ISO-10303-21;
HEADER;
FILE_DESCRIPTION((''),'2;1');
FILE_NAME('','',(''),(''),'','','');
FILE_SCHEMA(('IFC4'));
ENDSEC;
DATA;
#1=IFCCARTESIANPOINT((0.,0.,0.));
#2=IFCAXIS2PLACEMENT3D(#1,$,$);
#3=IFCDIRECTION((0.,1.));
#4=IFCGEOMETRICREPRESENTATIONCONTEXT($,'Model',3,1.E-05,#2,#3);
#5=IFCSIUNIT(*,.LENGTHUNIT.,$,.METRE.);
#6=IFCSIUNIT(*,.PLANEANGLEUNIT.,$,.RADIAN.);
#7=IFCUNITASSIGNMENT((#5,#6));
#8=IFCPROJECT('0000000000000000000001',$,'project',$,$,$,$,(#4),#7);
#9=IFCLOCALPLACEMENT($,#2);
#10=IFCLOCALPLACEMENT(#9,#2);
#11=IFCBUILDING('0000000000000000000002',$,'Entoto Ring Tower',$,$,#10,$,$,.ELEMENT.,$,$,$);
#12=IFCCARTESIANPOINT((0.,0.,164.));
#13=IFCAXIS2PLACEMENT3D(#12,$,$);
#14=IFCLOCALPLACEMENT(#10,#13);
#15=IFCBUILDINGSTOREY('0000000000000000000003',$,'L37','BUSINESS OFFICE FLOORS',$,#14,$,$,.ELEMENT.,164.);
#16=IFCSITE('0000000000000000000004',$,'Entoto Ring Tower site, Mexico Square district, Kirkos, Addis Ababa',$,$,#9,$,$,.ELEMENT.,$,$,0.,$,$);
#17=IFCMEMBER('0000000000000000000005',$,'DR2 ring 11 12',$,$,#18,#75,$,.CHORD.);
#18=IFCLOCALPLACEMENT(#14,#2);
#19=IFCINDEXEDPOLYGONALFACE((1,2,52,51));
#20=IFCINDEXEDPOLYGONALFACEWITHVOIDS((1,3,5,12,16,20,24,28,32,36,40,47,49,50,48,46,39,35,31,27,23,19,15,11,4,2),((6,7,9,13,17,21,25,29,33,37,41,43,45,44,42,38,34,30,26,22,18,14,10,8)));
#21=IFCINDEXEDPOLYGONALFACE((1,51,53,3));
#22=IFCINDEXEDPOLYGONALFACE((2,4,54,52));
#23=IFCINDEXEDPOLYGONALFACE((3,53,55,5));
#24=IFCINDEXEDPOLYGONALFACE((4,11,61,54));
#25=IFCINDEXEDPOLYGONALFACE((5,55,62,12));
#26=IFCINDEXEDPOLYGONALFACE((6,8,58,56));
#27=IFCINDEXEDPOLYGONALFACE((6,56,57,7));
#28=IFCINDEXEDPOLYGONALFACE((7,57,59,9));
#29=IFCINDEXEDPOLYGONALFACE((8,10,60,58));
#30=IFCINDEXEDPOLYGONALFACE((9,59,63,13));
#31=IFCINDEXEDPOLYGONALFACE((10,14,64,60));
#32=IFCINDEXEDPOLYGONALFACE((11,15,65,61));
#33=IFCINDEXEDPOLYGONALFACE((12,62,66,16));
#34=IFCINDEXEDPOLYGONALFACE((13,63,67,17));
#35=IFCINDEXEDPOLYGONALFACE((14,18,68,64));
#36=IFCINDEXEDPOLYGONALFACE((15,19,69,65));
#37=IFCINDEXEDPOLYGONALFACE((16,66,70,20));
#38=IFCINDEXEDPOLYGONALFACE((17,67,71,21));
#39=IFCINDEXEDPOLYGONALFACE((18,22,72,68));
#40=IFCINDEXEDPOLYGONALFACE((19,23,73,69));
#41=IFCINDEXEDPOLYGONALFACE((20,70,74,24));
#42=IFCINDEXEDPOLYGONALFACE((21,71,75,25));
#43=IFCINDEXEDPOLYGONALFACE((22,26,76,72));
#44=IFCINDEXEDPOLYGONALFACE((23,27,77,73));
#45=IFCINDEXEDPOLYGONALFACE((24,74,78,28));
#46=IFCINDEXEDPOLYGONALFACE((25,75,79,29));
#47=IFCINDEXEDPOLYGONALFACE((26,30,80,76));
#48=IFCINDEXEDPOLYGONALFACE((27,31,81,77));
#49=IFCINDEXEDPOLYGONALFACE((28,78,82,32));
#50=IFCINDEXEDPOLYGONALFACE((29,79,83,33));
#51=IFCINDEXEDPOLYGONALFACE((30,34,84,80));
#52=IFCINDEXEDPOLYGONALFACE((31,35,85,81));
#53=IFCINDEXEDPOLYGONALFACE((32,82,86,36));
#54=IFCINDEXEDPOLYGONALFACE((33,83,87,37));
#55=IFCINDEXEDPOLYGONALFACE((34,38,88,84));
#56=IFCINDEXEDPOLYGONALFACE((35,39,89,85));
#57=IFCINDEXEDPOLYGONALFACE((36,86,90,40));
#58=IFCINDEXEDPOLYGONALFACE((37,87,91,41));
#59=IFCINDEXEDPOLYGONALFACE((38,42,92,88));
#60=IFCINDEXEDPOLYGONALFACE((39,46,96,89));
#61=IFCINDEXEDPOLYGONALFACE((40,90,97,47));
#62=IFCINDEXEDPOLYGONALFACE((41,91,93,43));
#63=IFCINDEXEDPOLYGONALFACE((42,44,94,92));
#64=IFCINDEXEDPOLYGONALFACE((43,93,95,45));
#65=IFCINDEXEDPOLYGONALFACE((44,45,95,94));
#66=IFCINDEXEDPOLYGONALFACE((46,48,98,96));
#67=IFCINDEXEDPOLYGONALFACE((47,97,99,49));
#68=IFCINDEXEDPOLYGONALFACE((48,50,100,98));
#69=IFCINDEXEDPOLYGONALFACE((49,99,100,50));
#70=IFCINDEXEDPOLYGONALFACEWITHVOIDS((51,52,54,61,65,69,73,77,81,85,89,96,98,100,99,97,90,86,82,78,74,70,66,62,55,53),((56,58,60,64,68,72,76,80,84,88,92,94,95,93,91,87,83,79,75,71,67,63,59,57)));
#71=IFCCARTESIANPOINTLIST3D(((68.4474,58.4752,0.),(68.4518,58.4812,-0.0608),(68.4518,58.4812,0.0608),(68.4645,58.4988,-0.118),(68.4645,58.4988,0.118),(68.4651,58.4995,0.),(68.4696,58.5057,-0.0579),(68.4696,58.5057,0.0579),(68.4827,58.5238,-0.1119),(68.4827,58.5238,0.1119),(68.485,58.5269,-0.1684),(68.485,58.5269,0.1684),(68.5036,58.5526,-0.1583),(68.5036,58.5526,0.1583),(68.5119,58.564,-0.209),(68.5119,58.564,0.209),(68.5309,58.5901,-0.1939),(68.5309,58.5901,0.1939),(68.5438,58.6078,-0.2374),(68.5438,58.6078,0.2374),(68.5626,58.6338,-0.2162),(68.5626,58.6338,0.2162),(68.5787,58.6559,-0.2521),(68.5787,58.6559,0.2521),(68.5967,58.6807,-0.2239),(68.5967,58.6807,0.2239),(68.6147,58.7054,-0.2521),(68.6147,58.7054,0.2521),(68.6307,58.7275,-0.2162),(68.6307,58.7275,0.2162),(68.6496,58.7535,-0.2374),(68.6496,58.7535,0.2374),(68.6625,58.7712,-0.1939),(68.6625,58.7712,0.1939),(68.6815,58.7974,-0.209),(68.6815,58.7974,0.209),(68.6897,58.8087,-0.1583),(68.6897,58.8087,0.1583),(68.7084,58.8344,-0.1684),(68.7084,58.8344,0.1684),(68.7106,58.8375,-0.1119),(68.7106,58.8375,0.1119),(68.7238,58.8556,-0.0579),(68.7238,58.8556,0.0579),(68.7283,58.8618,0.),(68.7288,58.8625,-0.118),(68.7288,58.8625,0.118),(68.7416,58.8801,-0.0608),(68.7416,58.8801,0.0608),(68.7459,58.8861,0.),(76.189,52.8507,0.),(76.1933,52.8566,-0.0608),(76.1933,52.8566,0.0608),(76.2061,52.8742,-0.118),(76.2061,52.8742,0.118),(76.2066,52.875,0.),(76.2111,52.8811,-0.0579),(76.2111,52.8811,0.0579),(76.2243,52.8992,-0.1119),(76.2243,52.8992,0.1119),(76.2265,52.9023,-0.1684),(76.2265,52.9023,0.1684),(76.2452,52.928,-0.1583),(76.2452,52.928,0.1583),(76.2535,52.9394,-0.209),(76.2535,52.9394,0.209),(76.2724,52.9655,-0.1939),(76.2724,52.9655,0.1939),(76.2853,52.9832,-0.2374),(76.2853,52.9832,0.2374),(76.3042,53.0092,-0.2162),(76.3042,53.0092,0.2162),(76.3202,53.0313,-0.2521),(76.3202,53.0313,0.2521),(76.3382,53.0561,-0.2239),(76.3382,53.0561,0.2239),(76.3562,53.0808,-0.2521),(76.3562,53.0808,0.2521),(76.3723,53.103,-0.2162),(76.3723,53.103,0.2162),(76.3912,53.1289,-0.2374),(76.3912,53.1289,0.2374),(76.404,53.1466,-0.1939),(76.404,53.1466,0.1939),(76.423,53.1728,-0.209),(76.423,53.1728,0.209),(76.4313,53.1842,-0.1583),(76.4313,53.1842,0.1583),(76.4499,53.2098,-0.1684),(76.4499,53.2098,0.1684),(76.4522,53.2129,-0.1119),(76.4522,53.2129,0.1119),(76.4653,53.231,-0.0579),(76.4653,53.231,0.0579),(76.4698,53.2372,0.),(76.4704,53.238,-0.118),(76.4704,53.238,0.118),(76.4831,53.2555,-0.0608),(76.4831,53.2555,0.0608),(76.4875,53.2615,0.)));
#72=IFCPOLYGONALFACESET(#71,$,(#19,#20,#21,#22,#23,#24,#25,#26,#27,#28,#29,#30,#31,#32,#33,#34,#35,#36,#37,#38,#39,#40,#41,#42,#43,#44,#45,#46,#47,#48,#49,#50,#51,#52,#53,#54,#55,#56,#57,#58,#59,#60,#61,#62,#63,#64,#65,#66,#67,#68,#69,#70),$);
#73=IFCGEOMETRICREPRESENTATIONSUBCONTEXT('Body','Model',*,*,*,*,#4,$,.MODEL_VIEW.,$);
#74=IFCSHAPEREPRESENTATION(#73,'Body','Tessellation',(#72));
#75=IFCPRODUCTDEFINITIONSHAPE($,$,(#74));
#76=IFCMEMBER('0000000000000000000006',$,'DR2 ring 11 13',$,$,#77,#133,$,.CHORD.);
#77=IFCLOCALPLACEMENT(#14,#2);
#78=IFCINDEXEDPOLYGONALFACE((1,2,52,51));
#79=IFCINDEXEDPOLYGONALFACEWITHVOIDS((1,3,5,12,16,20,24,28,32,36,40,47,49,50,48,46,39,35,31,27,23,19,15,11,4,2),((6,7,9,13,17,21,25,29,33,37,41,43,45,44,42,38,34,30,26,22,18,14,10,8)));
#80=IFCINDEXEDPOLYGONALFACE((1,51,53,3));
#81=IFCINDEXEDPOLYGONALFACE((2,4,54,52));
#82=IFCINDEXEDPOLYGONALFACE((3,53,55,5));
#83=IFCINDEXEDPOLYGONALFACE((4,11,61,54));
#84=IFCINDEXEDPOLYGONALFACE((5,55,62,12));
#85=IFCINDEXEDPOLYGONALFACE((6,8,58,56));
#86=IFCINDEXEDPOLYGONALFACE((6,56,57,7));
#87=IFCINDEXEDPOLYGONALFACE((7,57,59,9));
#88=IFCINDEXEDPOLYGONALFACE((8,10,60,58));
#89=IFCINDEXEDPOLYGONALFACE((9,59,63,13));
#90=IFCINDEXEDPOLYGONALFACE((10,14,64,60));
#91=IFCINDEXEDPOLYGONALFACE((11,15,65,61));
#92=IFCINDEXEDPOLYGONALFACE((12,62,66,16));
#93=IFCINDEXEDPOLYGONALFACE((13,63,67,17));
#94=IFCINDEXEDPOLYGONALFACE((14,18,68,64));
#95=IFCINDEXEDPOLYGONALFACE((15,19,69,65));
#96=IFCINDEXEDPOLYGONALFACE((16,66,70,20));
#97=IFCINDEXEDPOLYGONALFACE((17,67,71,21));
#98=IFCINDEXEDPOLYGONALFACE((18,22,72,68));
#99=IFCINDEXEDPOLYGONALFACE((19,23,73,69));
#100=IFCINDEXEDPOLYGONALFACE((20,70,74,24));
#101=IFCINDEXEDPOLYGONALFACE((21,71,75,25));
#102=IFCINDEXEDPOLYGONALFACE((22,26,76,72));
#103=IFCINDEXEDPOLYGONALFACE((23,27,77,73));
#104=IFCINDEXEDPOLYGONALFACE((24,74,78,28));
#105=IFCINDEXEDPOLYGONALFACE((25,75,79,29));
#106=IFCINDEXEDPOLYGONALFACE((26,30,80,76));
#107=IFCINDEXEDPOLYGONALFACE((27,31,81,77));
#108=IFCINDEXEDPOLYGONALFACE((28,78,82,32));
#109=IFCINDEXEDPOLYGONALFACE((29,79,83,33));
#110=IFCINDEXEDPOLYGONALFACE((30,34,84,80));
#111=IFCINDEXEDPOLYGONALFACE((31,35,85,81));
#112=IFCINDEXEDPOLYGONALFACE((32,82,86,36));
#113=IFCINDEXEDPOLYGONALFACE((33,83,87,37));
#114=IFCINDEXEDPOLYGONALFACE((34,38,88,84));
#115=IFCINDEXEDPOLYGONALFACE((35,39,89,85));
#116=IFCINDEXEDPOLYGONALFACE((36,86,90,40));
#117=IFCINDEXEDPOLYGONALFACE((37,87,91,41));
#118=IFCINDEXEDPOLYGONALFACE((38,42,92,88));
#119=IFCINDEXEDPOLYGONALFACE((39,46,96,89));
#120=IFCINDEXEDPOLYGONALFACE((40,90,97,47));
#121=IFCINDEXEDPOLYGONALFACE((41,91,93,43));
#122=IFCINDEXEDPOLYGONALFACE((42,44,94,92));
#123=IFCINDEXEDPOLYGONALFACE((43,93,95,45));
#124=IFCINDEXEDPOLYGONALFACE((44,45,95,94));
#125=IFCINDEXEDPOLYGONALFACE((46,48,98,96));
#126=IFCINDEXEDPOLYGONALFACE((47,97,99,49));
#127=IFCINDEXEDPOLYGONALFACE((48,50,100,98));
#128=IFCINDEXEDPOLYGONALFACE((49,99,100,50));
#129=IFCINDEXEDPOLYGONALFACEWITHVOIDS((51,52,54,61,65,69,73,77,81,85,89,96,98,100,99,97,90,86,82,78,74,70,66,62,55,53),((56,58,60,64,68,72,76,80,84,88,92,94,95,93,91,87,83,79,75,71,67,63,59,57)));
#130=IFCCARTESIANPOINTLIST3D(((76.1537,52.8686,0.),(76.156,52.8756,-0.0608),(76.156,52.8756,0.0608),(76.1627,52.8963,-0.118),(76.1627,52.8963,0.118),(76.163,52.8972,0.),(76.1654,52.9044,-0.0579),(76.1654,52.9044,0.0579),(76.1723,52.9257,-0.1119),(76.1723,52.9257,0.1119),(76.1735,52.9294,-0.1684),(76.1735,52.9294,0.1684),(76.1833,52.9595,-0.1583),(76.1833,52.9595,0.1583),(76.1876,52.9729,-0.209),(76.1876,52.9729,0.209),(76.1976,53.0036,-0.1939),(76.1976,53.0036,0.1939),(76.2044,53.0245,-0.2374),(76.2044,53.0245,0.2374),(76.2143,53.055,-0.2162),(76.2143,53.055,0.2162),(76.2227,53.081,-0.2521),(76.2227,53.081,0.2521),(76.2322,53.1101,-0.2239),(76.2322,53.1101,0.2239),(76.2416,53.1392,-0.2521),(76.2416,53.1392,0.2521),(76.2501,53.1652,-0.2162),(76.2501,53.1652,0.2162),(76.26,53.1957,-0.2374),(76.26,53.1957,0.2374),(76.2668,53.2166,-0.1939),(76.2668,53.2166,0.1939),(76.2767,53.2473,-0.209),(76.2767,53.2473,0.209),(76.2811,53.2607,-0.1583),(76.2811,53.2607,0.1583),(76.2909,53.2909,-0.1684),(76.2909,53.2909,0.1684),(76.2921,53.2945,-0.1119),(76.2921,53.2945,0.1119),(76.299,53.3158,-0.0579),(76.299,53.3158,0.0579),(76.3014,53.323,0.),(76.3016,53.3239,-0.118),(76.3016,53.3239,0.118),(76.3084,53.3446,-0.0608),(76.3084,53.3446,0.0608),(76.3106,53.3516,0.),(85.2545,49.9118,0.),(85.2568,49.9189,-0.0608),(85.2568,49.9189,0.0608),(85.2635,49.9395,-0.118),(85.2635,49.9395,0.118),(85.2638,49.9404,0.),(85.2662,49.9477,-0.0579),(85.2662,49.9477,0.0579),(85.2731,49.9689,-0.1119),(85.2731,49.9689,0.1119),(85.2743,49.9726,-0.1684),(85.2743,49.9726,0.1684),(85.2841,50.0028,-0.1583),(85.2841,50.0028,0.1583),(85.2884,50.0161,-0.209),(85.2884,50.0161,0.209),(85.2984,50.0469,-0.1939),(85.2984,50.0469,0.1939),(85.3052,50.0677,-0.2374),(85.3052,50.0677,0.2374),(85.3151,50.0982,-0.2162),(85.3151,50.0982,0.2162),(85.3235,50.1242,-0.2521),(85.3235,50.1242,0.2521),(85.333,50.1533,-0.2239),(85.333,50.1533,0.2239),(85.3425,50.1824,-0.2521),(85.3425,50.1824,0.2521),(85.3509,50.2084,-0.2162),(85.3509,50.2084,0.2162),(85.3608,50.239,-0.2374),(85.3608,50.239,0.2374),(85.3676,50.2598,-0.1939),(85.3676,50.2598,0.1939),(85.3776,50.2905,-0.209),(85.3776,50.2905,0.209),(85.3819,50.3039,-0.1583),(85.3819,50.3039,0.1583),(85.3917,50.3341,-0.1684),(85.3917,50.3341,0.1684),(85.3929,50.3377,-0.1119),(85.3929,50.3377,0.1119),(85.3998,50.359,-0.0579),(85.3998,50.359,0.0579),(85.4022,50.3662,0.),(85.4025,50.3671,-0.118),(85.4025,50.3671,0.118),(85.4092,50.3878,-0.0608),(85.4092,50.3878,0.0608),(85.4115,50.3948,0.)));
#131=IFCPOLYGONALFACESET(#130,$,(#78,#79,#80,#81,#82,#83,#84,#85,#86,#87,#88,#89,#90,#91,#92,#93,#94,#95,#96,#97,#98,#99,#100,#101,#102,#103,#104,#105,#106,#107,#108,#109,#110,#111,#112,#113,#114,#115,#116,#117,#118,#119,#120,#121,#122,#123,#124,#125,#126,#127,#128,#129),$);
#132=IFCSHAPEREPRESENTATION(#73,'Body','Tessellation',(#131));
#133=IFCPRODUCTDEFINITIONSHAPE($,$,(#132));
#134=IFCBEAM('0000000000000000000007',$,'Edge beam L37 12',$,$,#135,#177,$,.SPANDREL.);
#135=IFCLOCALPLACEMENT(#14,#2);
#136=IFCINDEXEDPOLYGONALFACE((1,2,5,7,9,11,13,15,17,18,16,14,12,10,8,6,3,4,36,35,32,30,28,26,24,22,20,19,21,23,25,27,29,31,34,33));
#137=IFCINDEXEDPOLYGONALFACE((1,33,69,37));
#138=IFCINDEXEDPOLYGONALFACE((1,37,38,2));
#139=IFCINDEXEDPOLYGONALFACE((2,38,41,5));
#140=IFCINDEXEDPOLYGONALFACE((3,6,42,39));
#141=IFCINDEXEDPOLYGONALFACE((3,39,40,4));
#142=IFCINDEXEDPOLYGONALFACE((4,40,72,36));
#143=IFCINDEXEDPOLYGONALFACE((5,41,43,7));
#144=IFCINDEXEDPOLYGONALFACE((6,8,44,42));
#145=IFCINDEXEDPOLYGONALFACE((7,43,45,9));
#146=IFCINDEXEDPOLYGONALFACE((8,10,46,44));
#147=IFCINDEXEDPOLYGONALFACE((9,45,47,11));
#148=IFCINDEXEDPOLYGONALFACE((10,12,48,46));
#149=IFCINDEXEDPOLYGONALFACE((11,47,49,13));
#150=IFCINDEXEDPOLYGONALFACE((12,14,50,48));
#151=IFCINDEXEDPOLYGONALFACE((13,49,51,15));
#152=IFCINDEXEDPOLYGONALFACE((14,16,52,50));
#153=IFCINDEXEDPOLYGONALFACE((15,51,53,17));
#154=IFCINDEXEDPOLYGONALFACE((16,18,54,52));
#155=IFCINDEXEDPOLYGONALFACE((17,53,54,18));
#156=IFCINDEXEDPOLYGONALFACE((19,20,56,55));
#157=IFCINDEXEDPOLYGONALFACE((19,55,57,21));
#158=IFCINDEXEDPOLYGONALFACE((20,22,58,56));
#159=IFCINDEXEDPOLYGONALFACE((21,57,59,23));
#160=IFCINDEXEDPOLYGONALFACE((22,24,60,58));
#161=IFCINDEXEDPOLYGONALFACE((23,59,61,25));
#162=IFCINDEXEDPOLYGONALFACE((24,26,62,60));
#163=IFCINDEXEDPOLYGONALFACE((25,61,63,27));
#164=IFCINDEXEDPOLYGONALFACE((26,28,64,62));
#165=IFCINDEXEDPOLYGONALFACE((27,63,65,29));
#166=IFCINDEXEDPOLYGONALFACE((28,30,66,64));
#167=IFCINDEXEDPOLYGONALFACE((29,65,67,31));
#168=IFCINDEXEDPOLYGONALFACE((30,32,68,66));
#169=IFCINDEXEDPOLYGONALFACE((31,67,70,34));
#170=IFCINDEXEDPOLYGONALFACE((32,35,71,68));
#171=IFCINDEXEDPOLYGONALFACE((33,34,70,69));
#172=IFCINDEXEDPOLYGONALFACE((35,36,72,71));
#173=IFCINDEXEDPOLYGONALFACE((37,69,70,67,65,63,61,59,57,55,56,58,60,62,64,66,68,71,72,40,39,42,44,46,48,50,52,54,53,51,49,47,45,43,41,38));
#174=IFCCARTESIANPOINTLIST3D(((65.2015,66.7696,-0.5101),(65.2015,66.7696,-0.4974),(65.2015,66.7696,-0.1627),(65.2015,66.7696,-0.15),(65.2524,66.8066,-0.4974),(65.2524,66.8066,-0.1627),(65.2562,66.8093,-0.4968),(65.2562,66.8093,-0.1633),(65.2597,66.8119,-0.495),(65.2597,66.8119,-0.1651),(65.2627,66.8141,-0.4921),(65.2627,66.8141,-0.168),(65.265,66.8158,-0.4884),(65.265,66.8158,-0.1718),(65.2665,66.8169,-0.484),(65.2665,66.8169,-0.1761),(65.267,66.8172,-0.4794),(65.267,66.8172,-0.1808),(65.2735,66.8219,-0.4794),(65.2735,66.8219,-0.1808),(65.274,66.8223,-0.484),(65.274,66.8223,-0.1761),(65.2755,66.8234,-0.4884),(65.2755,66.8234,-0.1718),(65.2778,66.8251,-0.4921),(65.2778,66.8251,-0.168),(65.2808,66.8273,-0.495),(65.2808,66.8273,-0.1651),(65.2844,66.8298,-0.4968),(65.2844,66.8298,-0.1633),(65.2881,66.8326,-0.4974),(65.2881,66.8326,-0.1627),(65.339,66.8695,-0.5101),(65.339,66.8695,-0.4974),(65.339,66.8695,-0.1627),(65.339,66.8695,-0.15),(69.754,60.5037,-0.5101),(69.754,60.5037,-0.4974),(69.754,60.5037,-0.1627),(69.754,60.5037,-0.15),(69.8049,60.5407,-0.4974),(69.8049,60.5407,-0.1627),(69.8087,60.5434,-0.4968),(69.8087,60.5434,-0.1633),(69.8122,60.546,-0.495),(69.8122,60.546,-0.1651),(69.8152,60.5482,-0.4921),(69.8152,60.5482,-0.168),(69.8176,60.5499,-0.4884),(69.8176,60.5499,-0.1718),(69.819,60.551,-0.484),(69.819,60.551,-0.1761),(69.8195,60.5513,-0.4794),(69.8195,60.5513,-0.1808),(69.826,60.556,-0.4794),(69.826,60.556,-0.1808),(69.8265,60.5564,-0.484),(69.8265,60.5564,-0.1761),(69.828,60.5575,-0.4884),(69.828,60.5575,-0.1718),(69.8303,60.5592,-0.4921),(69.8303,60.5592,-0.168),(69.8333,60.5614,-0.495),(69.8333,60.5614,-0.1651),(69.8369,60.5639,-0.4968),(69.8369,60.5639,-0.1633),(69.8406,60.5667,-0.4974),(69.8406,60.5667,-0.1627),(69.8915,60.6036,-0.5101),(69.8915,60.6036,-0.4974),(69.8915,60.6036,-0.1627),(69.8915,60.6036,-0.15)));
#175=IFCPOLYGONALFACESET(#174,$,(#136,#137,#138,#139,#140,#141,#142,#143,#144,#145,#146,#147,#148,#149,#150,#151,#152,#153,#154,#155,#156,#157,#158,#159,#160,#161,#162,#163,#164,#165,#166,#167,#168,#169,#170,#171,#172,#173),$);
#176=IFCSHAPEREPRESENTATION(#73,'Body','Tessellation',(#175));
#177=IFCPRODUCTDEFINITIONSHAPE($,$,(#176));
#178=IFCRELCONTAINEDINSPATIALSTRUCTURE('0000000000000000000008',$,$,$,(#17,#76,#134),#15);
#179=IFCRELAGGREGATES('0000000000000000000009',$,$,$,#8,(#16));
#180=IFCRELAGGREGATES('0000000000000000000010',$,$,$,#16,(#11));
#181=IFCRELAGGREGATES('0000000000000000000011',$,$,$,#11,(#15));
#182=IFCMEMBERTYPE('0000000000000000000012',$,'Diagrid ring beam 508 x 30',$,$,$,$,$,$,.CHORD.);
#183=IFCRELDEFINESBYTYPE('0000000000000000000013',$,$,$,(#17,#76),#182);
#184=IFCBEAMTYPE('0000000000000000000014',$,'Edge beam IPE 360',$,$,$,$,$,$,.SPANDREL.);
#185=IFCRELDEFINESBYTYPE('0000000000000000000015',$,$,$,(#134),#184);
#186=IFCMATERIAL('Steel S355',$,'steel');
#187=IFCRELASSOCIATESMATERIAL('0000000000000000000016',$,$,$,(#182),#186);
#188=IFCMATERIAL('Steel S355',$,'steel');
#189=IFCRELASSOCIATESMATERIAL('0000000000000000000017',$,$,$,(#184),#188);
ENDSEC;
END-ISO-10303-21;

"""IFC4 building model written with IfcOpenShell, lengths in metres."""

from ifc_helpers import new_model, si_unit, direction, frame, origin, origin_2d, place, context, subcontext, project, spatial, circle, hollow_circle, i_section, extrude, material, material_profile, profile_set, type_object, element, save


model = new_model("IFC4")

# Units and contexts
model_context = context("Model", 3, precision=1e-05, world=origin(), true_north=direction((0.0, 1.0)))
body_context = subcontext(model_context, "Body", "Model", "MODEL_VIEW")
ifc_project = project(units=[si_unit("LENGTHUNIT", "METRE"), si_unit("PLANEANGLEUNIT", "RADIAN")], contexts=[model_context])

# Site, building, storey
site_placement = place(None, origin())
site = spatial("IfcSite", under=ifc_project, at=site_placement, Name="Entoto Ring Tower site, Mexico Square district, Kirkos, Addis Ababa", CompositionType="ELEMENT", RefElevation=0.0)
building_placement = place(site_placement, origin())
building = spatial("IfcBuilding", under=site, at=building_placement, Name="Entoto Ring Tower", CompositionType="ELEMENT")
storey_placement = place(building_placement, frame((0.0, 0.0, 164.0)))
storey = spatial("IfcBuildingStorey", under=building, at=storey_placement, Name="L37", Description="BUSINESS OFFICE FLOORS", CompositionType="ELEMENT", Elevation=164.0)

# Members
ifc_material_1 = material(Name="Steel S355", Category="steel")
ifc_material_profile_1 = material_profile(ifc_material_1, hollow_circle(Radius=0.2539, WallThickness=0.03, at=origin_2d()), Name="CHS 508 x 30")
ifc_material_2 = material(Name="Concrete C60/75", Category="concrete")
ifc_material_profile_2 = material_profile(ifc_material_2, circle(Radius=0.2241, at=origin_2d()), Name="Concrete C60/75 infill")
ifc_profile_set_1 = profile_set([ifc_material_profile_1, ifc_material_profile_2], Name="Steel S355")
member_type_1 = type_object("IfcMemberType", Name="Diagrid ring beam 508 x 30", PredefinedType="CHORD", material=ifc_profile_set_1)
for number, where, z_axis, x_axis, name in (
    (1, (68.5967, 58.6807, 0.0), (0.809016, -0.587786, 0.0), (0.587786, 0.809016, 0.0), "DR2 ring 11 12"),
    (2, (76.2322, 53.1101, 0.0), (0.951064, -0.308993, 0.0), (0.308993, 0.951064, 0.0), "DR2 ring 11 13"),
):
    element("IfcMember", number, at=place(storey_placement, frame(where, z_axis=z_axis, x_axis=x_axis)), inside=storey, type_object=member_type_1, Name=name, PredefinedType="CHORD", context=body_context, shape_type="SweptSolid", body=[
        extrude(hollow_circle(Radius=0.2539, WallThickness=0.03, at=origin_2d()), origin(), (0.0, 0.0, 1.0), 9.5691),
    ])

# Beam
ifc_material_3 = material(Name="Steel S355", Category="steel")
ifc_material_profile_3 = material_profile(ifc_material_3, i_section(OverallWidth=0.1699, OverallDepth=0.3601, WebThickness=0.0081, FlangeThickness=0.0127, FilletRadius=0.0181, at=origin_2d()), Name="IPE 360")
ifc_profile_set_2 = profile_set([ifc_material_profile_3], Name="Steel S355")
beam_type = type_object("IfcBeamType", Name="Edge beam IPE 360", PredefinedType="SPANDREL", material=ifc_profile_set_2)
for number, where, z_axis, x_axis, name in (
    (3, (65.2703, 66.8196, -0.3301), (0.587791, -0.809013, 0.0), (0.809013, 0.587791, 0.0), "Edge beam L37 12"),
):
    element("IfcBeam", number, at=place(storey_placement, frame(where, z_axis=z_axis, x_axis=x_axis)), inside=storey, type_object=beam_type, Name=name, PredefinedType="SPANDREL", context=body_context, shape_type="SweptSolid", body=[
        extrude(i_section(OverallWidth=0.1699, OverallDepth=0.3601, WebThickness=0.0081, FlangeThickness=0.0127, FilletRadius=0.0181, at=origin_2d()), origin(), (0.0, 0.0, 1.0), 7.7451),
    ])

save(model, "model.ifc")
